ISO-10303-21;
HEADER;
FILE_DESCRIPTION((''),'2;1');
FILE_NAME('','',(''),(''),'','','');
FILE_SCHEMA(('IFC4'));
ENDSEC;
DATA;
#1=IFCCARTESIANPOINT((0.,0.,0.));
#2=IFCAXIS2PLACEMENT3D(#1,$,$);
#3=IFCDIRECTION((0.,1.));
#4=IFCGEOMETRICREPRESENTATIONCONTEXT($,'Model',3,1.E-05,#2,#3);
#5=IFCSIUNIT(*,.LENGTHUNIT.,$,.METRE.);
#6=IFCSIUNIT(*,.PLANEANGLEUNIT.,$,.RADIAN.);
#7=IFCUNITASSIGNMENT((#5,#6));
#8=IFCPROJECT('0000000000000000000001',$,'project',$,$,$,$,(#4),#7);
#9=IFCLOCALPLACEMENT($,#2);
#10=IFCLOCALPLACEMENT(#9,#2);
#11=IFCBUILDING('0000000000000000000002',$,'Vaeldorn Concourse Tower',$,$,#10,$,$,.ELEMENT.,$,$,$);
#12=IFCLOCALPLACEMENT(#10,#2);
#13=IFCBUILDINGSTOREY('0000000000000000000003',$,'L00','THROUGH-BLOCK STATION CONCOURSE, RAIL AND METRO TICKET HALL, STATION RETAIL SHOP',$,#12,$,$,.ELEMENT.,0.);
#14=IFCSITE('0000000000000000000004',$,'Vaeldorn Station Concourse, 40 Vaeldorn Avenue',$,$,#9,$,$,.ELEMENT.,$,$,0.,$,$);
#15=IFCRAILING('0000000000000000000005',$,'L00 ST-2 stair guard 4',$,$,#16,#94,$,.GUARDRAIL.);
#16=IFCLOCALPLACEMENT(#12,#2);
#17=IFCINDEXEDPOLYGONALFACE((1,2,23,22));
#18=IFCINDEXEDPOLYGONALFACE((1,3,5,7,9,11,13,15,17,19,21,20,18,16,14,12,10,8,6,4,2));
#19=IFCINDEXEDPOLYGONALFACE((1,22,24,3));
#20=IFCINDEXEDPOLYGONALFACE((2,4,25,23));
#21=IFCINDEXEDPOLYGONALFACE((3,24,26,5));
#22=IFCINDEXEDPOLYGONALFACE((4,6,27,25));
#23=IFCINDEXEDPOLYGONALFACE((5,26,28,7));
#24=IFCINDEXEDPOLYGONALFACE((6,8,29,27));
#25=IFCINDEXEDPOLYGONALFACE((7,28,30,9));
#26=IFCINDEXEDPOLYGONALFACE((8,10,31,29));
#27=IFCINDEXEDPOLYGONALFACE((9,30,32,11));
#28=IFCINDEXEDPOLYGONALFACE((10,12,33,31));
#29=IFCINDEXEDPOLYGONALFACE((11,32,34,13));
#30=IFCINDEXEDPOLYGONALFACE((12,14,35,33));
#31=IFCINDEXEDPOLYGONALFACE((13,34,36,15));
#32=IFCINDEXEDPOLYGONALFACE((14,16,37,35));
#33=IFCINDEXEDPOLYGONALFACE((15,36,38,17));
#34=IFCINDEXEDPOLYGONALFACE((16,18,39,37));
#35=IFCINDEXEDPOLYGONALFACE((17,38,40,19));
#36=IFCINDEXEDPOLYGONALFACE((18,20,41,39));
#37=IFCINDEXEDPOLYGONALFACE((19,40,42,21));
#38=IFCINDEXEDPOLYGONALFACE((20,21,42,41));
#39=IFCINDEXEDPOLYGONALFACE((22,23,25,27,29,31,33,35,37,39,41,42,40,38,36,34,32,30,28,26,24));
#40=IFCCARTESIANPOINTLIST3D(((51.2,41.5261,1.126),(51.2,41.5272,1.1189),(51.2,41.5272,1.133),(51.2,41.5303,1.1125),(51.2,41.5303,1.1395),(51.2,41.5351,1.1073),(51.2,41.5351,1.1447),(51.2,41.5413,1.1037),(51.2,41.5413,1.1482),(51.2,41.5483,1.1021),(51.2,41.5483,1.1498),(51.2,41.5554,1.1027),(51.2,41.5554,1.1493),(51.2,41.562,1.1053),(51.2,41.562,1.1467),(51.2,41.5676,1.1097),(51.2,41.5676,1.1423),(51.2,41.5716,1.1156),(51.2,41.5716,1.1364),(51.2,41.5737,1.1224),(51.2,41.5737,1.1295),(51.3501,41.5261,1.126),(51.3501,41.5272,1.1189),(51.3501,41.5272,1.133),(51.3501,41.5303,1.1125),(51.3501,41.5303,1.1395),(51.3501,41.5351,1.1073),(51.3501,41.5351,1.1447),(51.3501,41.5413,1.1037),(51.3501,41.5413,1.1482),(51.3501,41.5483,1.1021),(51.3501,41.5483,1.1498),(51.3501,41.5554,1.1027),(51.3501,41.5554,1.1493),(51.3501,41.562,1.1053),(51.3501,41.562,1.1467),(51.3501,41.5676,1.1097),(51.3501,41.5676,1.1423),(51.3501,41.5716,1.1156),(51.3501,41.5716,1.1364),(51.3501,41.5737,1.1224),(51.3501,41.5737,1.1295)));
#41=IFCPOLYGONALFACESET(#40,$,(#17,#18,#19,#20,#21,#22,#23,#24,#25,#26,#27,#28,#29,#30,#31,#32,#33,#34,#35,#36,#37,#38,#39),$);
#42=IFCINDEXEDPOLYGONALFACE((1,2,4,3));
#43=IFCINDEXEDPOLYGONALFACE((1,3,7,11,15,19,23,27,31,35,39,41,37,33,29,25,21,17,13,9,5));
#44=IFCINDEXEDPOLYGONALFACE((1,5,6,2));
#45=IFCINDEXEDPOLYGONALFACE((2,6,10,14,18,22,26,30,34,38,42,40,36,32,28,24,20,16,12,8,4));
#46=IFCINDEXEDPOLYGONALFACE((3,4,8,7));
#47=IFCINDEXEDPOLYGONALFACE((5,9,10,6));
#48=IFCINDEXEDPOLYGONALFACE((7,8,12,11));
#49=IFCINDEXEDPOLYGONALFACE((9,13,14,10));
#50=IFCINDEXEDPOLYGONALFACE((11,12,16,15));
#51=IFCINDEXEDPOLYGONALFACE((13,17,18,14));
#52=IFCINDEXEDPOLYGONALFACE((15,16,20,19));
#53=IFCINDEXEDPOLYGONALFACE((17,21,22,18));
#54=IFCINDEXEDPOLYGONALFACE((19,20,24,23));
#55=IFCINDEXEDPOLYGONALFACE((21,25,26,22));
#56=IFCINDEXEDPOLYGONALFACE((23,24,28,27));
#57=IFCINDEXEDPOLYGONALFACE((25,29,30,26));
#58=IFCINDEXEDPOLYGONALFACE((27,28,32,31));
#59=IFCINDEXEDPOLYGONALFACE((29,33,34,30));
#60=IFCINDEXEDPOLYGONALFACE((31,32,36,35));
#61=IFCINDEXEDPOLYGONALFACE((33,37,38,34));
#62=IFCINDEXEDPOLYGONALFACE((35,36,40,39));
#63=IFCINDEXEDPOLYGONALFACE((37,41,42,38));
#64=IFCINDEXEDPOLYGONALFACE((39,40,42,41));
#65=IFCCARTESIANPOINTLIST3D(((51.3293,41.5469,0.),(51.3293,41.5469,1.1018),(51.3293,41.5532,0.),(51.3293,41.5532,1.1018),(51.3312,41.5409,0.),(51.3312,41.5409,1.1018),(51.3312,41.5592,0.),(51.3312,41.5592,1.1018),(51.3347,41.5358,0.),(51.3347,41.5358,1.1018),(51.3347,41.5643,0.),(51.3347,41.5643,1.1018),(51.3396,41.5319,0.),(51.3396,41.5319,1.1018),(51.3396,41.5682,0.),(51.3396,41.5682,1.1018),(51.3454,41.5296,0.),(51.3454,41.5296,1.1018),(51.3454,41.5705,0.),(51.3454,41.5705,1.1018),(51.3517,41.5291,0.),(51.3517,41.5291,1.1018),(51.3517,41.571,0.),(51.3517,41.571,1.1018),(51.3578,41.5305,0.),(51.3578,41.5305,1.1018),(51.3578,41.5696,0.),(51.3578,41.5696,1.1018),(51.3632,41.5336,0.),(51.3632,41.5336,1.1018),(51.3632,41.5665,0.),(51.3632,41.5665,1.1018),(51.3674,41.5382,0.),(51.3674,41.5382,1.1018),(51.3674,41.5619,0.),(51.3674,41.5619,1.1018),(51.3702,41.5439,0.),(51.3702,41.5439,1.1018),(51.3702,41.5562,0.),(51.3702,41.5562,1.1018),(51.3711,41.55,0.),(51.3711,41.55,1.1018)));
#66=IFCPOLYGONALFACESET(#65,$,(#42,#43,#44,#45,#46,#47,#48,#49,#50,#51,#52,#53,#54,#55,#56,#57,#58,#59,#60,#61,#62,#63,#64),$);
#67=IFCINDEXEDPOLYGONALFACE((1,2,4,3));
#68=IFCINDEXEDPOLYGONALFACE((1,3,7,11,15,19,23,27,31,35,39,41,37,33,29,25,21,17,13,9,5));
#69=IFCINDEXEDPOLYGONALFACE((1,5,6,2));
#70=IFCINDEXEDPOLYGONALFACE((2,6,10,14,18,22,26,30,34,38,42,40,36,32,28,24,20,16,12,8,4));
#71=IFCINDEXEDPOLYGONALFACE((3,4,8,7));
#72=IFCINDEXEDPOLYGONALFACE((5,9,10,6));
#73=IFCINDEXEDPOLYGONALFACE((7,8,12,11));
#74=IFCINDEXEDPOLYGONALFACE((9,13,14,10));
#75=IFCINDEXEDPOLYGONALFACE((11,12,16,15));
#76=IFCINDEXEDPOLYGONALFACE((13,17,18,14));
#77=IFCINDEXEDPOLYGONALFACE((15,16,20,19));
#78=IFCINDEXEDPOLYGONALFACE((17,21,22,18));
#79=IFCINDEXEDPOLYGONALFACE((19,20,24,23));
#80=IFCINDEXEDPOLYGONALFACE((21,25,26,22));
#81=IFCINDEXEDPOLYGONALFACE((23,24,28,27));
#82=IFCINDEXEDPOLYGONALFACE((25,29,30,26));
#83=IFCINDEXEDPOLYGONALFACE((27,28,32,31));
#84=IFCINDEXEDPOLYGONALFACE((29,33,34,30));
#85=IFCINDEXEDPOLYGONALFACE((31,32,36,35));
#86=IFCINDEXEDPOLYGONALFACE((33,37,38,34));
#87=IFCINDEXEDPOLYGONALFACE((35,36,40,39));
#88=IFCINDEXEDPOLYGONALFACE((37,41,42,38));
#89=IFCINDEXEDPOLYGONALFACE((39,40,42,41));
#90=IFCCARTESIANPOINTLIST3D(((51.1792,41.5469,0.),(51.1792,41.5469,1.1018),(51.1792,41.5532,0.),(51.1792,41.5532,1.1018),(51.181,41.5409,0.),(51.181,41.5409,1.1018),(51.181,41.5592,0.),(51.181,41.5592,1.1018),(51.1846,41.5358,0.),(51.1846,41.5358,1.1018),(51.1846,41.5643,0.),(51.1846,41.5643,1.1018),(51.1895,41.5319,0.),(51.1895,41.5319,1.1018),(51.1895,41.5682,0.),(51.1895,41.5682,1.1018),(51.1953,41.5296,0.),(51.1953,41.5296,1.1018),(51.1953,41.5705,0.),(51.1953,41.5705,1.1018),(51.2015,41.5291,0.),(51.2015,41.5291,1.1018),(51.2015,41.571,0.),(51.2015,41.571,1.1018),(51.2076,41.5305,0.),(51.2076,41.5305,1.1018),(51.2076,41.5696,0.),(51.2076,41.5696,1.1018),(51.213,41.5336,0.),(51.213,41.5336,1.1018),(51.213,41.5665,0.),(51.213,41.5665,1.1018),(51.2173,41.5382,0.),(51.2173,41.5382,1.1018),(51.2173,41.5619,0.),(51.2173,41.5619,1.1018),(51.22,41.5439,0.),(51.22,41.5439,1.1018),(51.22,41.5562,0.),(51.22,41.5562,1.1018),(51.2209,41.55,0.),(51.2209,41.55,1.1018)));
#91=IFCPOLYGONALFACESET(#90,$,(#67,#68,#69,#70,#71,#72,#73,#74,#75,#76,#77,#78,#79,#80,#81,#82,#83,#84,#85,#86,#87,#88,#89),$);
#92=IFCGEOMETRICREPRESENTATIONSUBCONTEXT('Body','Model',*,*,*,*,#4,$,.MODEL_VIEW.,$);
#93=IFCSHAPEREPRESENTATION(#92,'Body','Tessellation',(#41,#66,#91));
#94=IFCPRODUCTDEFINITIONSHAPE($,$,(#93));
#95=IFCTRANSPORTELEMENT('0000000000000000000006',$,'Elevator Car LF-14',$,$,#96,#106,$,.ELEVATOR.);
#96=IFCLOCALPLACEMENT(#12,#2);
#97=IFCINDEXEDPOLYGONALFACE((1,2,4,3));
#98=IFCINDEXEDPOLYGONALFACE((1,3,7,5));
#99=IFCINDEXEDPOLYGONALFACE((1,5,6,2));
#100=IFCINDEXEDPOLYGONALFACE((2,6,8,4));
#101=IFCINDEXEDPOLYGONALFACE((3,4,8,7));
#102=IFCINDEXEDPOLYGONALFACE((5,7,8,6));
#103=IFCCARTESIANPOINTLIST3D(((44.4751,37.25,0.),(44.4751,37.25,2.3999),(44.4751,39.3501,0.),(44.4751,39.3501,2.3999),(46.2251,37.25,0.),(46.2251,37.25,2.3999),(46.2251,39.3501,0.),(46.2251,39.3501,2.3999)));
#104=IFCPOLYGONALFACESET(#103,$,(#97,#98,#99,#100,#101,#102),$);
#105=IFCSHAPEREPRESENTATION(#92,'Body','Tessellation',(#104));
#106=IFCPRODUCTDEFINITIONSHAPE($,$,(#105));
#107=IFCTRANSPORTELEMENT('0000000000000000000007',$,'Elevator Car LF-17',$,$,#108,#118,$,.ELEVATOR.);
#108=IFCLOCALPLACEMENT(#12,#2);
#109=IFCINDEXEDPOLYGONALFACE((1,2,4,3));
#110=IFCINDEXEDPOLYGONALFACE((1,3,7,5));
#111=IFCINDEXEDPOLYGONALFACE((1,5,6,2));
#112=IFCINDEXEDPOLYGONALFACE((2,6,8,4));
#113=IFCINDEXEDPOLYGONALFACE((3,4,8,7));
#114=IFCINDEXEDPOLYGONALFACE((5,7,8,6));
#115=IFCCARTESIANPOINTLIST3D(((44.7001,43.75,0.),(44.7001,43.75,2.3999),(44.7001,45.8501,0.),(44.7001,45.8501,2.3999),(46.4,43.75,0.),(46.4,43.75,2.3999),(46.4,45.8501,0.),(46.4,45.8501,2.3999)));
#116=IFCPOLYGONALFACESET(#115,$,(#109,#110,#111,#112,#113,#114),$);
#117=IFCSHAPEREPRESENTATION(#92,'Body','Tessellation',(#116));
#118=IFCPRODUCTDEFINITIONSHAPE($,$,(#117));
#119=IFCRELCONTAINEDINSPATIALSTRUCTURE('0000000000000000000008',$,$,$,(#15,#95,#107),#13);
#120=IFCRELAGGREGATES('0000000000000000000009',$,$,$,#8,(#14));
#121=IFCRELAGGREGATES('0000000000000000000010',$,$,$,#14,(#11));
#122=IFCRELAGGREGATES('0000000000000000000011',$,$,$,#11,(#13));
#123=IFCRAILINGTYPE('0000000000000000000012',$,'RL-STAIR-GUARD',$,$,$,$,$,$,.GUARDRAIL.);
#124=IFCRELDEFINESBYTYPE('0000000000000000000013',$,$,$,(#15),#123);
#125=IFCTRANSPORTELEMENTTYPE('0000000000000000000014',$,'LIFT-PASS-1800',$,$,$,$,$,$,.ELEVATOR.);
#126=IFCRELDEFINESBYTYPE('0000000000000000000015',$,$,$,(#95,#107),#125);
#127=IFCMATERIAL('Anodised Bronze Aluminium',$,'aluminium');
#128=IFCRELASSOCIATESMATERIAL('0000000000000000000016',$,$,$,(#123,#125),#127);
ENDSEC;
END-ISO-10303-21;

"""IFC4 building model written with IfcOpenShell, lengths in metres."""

from ifc_helpers import new_model, si_unit, direction, frame, origin, origin_2d, place, context, subcontext, project, spatial, rectangle, circle, extrude, source, transform, mapped, material, type_object, element, save


model = new_model("IFC4")

# Units and contexts
model_context = context("Model", 3, precision=1e-05, world=origin(), true_north=direction((0.0, 1.0)))
body_context = subcontext(model_context, "Body", "Model", "MODEL_VIEW")
ifc_project = project(units=[si_unit("LENGTHUNIT", "METRE"), si_unit("PLANEANGLEUNIT", "RADIAN")], contexts=[model_context])

# Site, building, storey
site_placement = place(None, origin())
site = spatial("IfcSite", under=ifc_project, at=site_placement, Name="Vaeldorn Station Concourse, 40 Vaeldorn Avenue", CompositionType="ELEMENT", RefElevation=0.0)
building_placement = place(site_placement, origin())
building = spatial("IfcBuilding", under=site, at=building_placement, Name="Vaeldorn Concourse Tower", CompositionType="ELEMENT")
storey_placement = place(building_placement, origin())
storey = spatial("IfcBuildingStorey", under=building, at=storey_placement, Name="L00", Description="THROUGH-BLOCK STATION CONCOURSE, RAIL AND METRO TICKET HALL, STATION RETAIL SHOP", CompositionType="ELEMENT", Elevation=0.0)

# Shared definitions
ifc_material_1 = material(Name="Anodised Bronze Aluminium", Category="aluminium")

# Railing
railing_type_1 = type_object("IfcRailingType", Name="RL-STAIR-GUARD", PredefinedType="GUARDRAIL", material=ifc_material_1)
railing_1_placement = place(storey_placement, frame((51.3501, 41.55, 0.0)))
element("IfcRailing", 1, at=railing_1_placement, inside=storey, type_object=railing_type_1, Name="L00 ST-2 stair guard 4", PredefinedType="GUARDRAIL", context=body_context, shape_type="SweptSolid", body=[
    extrude(circle(Radius=0.0239, at=origin_2d()), frame((0.0, 0.0, 1.126), z_axis=(-1.0, 0.0, 0.0), x_axis=(0.0, -1.0, 0.0)), (0.0, 0.0, 1.0), 0.1501),
    extrude(circle(Radius=0.021, at=origin_2d()), origin(), (0.0, 0.0, 1.0), 1.1018),
    extrude(circle(Radius=0.021, at=origin_2d()), frame((-0.1501, 0.0, 0.0)), (0.0, 0.0, 1.0), 1.1018),
])

# Transport elements
transport_element_type = type_object("IfcTransportElementType", Name="LIFT-PASS-1800", PredefinedType="ELEVATOR", material=ifc_material_1)
shared_shape_1 = source(origin(), body_context, "Body", "SweptSolid", [
    extrude(rectangle(XDim=1.75, YDim=2.1001, at=origin_2d()), origin(), (0.0, 0.0, 1.0), 2.3999),
])
transport_element_1_placement = place(storey_placement, frame((45.3501, 38.3, 0.0), z_axis=(0.0, 0.0, 1.0), x_axis=(1.0, 0.0, 0.0)))
element("IfcTransportElement", 2, at=transport_element_1_placement, inside=storey, type_object=transport_element_type, Name="Elevator Car LF-14", PredefinedType="ELEVATOR", context=body_context, shape_type="MappedRepresentation", body=[
    mapped(shared_shape_1, transform((0.0, 0.0, 0.0), scale=1.0)),
])
shared_shape_2 = source(origin(), body_context, "Body", "SweptSolid", [
    extrude(rectangle(XDim=1.7, YDim=2.1001, at=origin_2d()), origin(), (0.0, 0.0, 1.0), 2.3999),
])
transport_element_2_placement = place(storey_placement, frame((45.55, 44.8, 0.0), z_axis=(0.0, 0.0, 1.0), x_axis=(1.0, 0.0, 0.0)))
element("IfcTransportElement", 3, at=transport_element_2_placement, inside=storey, type_object=transport_element_type, Name="Elevator Car LF-17", PredefinedType="ELEVATOR", context=body_context, shape_type="MappedRepresentation", body=[
    mapped(shared_shape_2, transform((0.0, 0.0, 0.0), scale=1.0)),
])

save(model, "model.ifc")
